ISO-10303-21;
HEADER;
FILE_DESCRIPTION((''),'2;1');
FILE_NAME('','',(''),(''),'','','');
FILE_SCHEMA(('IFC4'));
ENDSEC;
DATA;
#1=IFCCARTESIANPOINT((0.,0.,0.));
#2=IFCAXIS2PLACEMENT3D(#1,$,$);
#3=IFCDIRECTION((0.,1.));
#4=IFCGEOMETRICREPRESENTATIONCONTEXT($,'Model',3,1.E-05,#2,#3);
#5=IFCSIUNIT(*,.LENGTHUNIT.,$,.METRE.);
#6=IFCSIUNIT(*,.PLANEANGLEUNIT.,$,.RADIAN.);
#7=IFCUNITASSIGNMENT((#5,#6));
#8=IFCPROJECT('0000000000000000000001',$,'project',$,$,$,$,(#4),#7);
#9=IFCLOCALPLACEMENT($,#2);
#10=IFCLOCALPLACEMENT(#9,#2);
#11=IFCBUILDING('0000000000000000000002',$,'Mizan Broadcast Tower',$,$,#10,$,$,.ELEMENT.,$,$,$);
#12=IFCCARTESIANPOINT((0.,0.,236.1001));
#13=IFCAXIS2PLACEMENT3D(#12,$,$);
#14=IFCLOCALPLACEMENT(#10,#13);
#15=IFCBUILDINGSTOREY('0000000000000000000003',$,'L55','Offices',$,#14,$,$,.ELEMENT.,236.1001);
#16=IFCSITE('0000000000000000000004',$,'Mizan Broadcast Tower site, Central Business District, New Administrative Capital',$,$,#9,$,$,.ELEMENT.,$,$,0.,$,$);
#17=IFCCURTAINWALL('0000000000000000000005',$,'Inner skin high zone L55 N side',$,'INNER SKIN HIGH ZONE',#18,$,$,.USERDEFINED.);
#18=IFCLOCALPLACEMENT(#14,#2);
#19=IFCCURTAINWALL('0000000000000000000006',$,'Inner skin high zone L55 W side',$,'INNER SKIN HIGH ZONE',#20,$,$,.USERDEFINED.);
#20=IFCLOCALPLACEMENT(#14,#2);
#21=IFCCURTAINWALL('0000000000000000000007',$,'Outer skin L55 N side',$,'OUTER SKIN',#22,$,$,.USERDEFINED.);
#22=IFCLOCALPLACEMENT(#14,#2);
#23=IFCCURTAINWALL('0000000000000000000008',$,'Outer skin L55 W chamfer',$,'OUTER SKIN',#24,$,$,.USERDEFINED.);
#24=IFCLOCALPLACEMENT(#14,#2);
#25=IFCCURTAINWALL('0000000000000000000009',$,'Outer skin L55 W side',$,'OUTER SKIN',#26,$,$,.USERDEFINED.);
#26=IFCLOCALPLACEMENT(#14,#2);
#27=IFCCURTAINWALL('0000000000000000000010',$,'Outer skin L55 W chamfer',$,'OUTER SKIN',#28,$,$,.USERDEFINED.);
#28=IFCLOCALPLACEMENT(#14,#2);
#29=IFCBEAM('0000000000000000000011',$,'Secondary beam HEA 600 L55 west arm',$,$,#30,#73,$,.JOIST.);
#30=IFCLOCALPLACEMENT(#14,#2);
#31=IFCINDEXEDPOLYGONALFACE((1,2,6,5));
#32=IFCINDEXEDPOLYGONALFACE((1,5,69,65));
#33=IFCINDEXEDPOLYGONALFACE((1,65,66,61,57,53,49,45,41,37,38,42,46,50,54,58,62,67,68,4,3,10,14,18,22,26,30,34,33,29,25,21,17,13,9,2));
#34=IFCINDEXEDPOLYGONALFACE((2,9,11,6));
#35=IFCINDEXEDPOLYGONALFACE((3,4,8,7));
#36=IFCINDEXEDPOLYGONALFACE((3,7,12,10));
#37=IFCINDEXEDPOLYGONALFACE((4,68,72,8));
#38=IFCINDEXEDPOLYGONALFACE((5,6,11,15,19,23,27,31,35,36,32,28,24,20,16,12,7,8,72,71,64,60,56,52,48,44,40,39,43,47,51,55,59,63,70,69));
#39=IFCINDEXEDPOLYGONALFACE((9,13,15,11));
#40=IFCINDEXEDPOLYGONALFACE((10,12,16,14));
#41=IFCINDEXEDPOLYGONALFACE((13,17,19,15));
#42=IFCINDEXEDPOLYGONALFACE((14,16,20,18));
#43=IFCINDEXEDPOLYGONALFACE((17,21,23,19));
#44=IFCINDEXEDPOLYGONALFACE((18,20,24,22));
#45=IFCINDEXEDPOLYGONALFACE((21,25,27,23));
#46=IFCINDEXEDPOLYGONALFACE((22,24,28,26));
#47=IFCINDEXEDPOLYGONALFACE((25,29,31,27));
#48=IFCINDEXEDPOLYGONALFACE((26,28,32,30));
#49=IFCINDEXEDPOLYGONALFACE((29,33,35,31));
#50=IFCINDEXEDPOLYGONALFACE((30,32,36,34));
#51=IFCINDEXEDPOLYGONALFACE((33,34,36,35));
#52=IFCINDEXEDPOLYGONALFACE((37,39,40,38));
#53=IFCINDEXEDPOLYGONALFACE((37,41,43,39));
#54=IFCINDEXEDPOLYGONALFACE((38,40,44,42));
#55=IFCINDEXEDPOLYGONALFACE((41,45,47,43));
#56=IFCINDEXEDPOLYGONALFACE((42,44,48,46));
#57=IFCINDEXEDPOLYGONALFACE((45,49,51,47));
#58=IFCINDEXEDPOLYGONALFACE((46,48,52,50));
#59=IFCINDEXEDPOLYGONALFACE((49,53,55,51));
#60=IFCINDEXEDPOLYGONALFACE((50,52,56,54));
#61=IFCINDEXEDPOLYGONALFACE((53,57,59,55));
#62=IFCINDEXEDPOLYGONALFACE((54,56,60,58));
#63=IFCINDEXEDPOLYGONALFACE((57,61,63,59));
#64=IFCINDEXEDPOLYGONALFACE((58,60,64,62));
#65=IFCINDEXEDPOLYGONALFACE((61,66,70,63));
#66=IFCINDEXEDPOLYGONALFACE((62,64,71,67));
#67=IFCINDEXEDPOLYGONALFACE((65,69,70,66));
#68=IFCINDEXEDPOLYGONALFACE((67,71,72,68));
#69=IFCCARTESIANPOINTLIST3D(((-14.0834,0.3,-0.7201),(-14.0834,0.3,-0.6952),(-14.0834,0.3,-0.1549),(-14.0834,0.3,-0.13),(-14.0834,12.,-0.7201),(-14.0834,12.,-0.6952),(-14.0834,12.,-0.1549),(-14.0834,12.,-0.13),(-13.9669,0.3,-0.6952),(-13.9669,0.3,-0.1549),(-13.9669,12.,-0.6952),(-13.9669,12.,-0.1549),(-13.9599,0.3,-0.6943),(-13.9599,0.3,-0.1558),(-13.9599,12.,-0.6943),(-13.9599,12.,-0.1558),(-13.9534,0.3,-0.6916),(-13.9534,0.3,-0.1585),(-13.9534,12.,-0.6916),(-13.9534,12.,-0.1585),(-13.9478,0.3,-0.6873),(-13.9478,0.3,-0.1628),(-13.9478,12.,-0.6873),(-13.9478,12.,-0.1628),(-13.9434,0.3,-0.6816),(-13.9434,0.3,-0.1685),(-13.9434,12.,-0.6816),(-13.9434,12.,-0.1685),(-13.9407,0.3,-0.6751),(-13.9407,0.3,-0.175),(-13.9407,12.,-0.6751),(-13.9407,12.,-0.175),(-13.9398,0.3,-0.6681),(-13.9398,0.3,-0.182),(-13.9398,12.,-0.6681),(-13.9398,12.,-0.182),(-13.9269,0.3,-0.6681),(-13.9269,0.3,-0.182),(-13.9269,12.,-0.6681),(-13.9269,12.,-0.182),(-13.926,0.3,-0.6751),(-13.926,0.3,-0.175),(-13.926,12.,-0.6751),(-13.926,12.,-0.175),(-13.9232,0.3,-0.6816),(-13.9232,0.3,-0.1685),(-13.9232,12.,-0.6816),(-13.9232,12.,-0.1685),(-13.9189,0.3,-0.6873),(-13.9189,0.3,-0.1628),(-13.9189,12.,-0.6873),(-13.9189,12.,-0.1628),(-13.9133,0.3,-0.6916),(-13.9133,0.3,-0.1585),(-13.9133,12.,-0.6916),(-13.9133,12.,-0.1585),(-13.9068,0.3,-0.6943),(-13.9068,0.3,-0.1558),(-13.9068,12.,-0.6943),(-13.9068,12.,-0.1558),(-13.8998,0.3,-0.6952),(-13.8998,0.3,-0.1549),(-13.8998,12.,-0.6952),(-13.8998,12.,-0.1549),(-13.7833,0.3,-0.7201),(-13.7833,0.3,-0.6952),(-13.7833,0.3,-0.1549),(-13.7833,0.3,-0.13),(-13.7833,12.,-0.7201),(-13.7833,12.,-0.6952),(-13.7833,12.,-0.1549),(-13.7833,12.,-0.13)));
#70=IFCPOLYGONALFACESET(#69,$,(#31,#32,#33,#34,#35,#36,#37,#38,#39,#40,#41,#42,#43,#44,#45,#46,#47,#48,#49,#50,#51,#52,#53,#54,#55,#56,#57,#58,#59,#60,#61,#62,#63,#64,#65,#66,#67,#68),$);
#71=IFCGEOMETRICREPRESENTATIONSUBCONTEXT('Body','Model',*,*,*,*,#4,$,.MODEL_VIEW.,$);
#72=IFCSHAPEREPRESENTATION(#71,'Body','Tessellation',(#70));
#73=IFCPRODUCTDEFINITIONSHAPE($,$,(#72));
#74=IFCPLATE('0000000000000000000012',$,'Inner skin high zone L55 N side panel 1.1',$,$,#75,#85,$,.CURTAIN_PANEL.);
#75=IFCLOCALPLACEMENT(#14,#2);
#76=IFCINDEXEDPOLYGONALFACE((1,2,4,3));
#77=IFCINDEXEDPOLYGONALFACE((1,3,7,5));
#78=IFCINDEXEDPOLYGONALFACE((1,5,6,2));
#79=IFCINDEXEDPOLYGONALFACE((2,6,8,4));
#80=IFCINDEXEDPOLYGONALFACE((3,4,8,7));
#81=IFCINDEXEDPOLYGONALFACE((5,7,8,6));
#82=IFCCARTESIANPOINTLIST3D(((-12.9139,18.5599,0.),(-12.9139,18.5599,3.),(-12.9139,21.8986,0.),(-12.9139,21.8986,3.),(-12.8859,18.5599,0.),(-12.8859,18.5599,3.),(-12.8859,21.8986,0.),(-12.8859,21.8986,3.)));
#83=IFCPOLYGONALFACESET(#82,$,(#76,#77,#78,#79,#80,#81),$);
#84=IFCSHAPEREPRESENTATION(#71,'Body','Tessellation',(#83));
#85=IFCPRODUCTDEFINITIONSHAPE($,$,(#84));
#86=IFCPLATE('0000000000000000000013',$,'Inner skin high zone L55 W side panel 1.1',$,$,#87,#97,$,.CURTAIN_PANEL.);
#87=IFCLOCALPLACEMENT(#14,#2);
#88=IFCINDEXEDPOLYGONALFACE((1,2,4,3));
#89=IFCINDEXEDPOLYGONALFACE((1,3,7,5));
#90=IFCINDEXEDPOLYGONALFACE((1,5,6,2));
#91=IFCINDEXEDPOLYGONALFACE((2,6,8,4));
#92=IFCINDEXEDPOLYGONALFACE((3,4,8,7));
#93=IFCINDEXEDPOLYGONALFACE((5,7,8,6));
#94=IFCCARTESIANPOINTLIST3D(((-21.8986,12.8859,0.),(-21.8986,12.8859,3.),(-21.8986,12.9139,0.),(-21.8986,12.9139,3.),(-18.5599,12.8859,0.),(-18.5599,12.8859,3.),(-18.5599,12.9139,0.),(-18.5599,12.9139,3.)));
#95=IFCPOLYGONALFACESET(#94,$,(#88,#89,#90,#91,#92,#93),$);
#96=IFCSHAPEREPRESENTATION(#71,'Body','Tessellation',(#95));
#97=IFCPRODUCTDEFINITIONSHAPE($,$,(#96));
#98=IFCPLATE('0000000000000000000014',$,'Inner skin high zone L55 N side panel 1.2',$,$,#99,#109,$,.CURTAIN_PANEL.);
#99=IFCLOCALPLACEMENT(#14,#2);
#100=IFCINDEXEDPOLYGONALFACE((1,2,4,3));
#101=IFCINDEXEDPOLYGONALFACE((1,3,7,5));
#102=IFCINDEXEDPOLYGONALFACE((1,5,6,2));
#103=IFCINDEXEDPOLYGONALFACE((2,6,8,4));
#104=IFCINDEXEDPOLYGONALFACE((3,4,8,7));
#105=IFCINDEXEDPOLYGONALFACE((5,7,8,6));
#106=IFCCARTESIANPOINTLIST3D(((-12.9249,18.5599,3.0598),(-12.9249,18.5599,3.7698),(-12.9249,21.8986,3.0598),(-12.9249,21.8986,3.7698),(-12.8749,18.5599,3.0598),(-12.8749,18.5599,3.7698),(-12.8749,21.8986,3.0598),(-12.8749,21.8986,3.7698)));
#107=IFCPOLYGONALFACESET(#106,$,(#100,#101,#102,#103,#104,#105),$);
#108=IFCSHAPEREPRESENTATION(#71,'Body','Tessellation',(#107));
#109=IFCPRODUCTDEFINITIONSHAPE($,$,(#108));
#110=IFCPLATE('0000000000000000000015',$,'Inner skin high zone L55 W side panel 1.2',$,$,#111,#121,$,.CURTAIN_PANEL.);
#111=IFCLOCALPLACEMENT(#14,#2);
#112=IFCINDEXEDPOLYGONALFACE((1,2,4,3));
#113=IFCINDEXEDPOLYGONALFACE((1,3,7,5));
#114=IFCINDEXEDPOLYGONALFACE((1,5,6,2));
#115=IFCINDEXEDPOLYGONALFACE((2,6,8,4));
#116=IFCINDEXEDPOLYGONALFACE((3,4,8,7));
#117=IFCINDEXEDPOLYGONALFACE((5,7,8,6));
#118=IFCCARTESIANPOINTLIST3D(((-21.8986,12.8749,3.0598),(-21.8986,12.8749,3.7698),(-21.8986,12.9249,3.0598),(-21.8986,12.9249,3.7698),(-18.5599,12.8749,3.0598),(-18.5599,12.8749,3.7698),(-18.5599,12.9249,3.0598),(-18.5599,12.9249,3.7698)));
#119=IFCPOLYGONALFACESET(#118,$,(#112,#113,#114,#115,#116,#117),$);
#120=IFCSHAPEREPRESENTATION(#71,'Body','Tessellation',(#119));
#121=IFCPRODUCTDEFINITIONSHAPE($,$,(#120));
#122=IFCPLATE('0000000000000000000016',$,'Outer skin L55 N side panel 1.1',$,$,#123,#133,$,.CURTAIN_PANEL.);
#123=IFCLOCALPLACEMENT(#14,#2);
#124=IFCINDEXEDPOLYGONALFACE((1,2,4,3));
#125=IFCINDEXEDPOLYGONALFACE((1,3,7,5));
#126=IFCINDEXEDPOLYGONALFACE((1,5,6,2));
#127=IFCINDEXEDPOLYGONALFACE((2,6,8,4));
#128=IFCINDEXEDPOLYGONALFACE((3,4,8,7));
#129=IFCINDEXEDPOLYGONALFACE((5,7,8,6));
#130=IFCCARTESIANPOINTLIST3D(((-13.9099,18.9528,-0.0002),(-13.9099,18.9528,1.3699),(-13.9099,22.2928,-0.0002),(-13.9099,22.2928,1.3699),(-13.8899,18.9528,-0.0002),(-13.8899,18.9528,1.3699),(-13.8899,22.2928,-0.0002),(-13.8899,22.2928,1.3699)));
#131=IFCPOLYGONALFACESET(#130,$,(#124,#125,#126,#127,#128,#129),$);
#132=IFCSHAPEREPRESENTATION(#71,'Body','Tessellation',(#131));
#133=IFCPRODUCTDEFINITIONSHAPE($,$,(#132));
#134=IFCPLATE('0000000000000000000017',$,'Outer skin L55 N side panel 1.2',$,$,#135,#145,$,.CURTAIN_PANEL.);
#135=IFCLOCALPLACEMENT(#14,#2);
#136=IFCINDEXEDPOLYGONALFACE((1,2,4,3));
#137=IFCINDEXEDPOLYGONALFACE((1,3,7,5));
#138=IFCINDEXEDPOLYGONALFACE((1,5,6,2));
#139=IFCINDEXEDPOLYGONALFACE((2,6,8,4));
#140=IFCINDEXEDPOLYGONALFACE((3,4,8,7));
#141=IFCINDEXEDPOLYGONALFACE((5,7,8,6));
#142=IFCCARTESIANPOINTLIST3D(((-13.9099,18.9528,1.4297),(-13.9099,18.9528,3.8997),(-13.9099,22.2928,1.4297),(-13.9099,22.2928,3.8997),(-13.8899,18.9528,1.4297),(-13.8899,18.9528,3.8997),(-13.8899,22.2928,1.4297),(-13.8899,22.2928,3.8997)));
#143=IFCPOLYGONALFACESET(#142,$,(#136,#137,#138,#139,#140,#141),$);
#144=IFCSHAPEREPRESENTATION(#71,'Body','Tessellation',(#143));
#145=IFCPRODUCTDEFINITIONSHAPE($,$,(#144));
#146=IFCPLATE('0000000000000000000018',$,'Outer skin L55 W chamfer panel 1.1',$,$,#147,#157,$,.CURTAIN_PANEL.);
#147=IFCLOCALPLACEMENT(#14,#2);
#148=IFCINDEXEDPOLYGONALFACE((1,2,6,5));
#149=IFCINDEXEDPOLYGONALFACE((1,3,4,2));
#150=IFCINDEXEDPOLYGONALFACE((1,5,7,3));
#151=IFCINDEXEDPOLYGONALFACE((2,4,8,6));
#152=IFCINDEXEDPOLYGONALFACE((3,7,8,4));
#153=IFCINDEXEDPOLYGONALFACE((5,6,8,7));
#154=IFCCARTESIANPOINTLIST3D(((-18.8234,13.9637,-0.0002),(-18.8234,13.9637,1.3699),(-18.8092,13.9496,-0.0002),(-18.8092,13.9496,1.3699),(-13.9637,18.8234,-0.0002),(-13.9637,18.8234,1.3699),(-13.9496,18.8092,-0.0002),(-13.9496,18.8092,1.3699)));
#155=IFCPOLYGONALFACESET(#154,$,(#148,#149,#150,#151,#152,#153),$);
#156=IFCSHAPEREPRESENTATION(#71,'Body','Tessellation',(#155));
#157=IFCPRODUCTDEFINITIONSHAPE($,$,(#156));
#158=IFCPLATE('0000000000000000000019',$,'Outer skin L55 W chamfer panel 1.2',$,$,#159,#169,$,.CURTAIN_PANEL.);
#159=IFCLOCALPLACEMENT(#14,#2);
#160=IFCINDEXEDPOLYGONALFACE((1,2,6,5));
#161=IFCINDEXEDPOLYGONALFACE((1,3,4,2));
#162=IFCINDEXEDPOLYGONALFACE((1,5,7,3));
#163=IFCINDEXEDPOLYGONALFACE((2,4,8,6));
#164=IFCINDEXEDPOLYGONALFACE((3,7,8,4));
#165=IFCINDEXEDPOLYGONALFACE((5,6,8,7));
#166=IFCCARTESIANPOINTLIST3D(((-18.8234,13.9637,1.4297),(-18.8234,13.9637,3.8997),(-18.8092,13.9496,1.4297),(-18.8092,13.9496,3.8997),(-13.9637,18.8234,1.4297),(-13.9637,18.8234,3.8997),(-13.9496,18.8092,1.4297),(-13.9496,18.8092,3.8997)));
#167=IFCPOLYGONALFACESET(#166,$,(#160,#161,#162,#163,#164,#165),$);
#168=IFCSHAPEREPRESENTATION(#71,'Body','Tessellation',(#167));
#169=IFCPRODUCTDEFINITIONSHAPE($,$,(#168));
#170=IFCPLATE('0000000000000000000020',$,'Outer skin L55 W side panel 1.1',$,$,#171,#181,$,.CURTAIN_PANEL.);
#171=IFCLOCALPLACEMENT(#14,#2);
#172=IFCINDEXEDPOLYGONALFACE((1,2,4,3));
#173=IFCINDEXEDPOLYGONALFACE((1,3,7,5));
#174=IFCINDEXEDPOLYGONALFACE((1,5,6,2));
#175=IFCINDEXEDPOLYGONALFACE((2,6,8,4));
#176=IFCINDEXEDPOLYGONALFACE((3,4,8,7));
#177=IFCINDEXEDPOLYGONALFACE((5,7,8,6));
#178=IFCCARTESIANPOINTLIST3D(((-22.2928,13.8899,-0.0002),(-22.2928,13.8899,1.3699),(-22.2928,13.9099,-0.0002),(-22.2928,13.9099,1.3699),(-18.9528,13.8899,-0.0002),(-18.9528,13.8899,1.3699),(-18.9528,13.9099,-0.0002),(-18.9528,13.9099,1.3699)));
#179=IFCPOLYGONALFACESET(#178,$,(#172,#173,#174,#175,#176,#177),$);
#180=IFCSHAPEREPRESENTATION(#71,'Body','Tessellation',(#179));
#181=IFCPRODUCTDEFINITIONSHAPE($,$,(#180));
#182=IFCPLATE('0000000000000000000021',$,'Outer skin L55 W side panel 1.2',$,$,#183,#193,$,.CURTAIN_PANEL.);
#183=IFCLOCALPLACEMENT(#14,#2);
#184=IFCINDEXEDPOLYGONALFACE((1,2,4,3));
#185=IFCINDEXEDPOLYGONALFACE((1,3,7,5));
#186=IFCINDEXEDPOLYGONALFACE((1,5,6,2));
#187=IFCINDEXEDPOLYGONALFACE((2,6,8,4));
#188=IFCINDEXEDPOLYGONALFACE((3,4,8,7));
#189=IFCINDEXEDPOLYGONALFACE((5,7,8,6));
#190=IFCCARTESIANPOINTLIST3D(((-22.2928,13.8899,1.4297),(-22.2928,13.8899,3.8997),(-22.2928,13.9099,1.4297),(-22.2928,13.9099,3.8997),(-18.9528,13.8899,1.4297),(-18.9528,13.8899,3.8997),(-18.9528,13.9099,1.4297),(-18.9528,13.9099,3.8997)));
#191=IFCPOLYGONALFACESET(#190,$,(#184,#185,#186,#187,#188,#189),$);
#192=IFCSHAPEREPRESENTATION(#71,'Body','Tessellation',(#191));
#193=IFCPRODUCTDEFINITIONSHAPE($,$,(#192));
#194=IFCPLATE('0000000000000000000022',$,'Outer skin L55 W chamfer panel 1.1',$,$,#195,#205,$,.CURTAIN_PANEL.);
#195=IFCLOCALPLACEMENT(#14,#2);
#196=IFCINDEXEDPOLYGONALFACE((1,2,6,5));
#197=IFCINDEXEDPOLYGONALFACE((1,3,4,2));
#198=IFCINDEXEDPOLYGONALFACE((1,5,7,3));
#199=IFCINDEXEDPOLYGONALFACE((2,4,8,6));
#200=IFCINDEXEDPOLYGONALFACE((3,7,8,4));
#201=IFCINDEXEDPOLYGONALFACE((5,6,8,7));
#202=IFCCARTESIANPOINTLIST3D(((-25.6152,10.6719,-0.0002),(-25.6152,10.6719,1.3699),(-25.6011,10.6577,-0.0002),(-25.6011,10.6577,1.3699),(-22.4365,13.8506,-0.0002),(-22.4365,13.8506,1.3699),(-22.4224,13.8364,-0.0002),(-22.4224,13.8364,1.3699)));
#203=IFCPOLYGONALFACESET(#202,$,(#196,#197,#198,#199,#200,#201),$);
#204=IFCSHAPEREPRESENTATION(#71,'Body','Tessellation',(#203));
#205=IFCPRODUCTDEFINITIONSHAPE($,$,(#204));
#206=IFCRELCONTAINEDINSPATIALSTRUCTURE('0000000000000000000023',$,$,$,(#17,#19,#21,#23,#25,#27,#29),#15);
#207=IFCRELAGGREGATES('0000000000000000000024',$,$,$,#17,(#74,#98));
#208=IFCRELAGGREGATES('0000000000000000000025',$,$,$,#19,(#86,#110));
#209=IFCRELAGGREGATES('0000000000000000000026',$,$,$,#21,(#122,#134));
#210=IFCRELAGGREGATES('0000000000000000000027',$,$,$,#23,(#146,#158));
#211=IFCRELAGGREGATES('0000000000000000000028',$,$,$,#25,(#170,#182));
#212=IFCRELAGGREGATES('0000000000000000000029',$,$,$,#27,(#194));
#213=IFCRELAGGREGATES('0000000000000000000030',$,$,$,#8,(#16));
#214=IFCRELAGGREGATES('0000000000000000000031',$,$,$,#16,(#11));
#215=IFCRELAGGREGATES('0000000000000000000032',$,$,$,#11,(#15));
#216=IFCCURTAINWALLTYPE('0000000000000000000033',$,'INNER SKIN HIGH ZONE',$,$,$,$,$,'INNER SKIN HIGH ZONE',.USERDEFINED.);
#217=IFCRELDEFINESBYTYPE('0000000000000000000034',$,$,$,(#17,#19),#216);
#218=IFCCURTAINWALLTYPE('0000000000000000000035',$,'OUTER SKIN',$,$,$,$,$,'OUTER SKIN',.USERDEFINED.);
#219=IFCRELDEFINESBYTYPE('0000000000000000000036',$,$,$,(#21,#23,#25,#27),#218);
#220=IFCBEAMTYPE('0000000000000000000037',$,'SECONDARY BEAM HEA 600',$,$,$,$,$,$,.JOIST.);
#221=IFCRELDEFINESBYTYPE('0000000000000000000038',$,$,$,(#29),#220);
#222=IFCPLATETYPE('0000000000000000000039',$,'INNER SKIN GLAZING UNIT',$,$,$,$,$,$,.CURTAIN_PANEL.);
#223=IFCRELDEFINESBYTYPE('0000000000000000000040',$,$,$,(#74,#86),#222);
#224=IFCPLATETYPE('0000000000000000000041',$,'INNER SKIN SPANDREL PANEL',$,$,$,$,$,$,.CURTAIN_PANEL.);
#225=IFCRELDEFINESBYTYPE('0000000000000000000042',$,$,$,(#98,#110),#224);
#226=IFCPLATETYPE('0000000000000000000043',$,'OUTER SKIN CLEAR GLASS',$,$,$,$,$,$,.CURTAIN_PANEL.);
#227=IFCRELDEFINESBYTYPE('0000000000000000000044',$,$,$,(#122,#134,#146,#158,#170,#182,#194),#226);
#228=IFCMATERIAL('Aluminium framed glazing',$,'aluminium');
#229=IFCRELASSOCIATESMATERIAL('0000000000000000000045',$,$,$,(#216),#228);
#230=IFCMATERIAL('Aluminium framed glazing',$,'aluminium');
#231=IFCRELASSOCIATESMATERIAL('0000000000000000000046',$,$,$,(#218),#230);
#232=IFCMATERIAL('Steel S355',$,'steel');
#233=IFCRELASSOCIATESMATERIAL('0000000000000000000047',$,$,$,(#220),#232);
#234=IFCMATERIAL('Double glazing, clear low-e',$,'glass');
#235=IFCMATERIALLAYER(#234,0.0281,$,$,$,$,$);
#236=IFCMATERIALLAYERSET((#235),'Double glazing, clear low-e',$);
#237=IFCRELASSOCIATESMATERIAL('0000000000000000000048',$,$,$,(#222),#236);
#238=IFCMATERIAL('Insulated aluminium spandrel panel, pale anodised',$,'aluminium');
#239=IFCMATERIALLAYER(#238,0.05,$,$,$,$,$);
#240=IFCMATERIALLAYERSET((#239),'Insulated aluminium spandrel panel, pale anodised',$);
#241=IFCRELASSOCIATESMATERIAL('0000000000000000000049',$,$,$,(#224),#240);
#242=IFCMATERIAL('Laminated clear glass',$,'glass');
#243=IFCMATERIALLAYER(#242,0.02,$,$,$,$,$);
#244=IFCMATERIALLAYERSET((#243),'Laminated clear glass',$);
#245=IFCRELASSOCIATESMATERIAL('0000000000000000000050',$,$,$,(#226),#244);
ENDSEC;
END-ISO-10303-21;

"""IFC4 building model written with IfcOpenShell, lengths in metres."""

from ifc_helpers import new_model, si_unit, direction, frame, origin, origin_2d, place, context, subcontext, project, spatial, rectangle, i_section, extrude, material, layer, layer_set, material_profile, profile_set, type_object, element, aggregate, save


model = new_model("IFC4")

# Units and contexts
model_context = context("Model", 3, precision=1e-05, world=origin(), true_north=direction((0.0, 1.0)))
body_context = subcontext(model_context, "Body", "Model", "MODEL_VIEW")
ifc_project = project(units=[si_unit("LENGTHUNIT", "METRE"), si_unit("PLANEANGLEUNIT", "RADIAN")], contexts=[model_context])

# Site, building, storey
site_placement = place(None, origin())
site = spatial("IfcSite", under=ifc_project, at=site_placement, Name="Mizan Broadcast Tower site, Central Business District, New Administrative Capital", CompositionType="ELEMENT", RefElevation=0.0)
building_placement = place(site_placement, origin())
building = spatial("IfcBuilding", under=site, at=building_placement, Name="Mizan Broadcast Tower", CompositionType="ELEMENT")
storey_placement = place(building_placement, frame((0.0, 0.0, 236.1001)))
storey = spatial("IfcBuildingStorey", under=building, at=storey_placement, Name="L55", Description="Offices", CompositionType="ELEMENT", Elevation=236.1001)

# Curtain wall
ifc_material_1 = material(Name="Aluminium framed glazing", Category="aluminium")
curtain_wall_type_1 = type_object("IfcCurtainWallType", Name="INNER SKIN HIGH ZONE", ElementType="INNER SKIN HIGH ZONE", PredefinedType="USERDEFINED", material=ifc_material_1)
curtain_wall_1_placement = place(storey_placement, origin())
curtain_wall_1 = element("IfcCurtainWall", 1, at=curtain_wall_1_placement, inside=storey, type_object=curtain_wall_type_1, Name="Inner skin high zone L55 N side", ObjectType="INNER SKIN HIGH ZONE", PredefinedType="USERDEFINED")

# Curtain wall
curtain_wall_2_placement = place(storey_placement, origin())
curtain_wall_2 = element("IfcCurtainWall", 2, at=curtain_wall_2_placement, inside=storey, type_object=curtain_wall_type_1, Name="Inner skin high zone L55 W side", ObjectType="INNER SKIN HIGH ZONE", PredefinedType="USERDEFINED")

# Curtain walls
ifc_material_2 = material(Name="Aluminium framed glazing", Category="aluminium")
curtain_wall_type_2 = type_object("IfcCurtainWallType", Name="OUTER SKIN", ElementType="OUTER SKIN", PredefinedType="USERDEFINED", material=ifc_material_2)
curtain_wall_3_placement = place(storey_placement, origin())
curtain_wall_3 = element("IfcCurtainWall", 3, at=curtain_wall_3_placement, inside=storey, type_object=curtain_wall_type_2, Name="Outer skin L55 N side", ObjectType="OUTER SKIN", PredefinedType="USERDEFINED")
curtain_wall_4_placement = place(storey_placement, origin())
curtain_wall_4 = element("IfcCurtainWall", 4, at=curtain_wall_4_placement, inside=storey, type_object=curtain_wall_type_2, Name="Outer skin L55 W chamfer", ObjectType="OUTER SKIN", PredefinedType="USERDEFINED")
curtain_wall_5_placement = place(storey_placement, origin())
curtain_wall_5 = element("IfcCurtainWall", 5, at=curtain_wall_5_placement, inside=storey, type_object=curtain_wall_type_2, Name="Outer skin L55 W side", ObjectType="OUTER SKIN", PredefinedType="USERDEFINED")

# Curtain wall
curtain_wall_6_placement = place(storey_placement, origin())
curtain_wall_6 = element("IfcCurtainWall", 6, at=curtain_wall_6_placement, inside=storey, type_object=curtain_wall_type_2, Name="Outer skin L55 W chamfer", ObjectType="OUTER SKIN", PredefinedType="USERDEFINED")

# Beam
ifc_material_3 = material(Name="Steel S355", Category="steel")
ifc_material_profile_1 = material_profile(ifc_material_3, i_section(OverallWidth=0.3, OverallDepth=0.5901, WebThickness=0.0129, FlangeThickness=0.0249, FilletRadius=0.0271, at=origin_2d()), Name="HEA 600")
ifc_profile_set_1 = profile_set([ifc_material_profile_1], Name="Steel S355")
beam_type = type_object("IfcBeamType", Name="SECONDARY BEAM HEA 600", PredefinedType="JOIST", material=ifc_profile_set_1)
beam_placement = place(storey_placement, frame((-13.9333, 12.0, -0.425), z_axis=(0.0, -1.0, 0.0), x_axis=(1.0, 0.0, 0.0)))
element("IfcBeam", 7, at=beam_placement, inside=storey, type_object=beam_type, Name="Secondary beam HEA 600 L55 west arm", PredefinedType="JOIST", context=body_context, shape_type="SweptSolid", body=[
    extrude(i_section(OverallWidth=0.3, OverallDepth=0.5901, WebThickness=0.0129, FlangeThickness=0.0249, FilletRadius=0.0271, at=origin_2d()), origin(), (0.0, 0.0, 1.0), 11.7),
])

# Plates
ifc_material_4 = material(Name="Double glazing, clear low-e", Category="glass")
ifc_layer_1 = layer(ifc_material_4, 0.0281)
ifc_layer_set_1 = layer_set([ifc_layer_1], Name="Double glazing, clear low-e")
plate_type_1 = type_object("IfcPlateType", Name="INNER SKIN GLAZING UNIT", PredefinedType="CURTAIN_PANEL", material=ifc_layer_set_1)
plate_1_placement = place(storey_placement, frame((-12.8999, 20.2292, 0.0), z_axis=(0.0, 0.0, 1.0), x_axis=(0.0, -1.0, 0.0)))
plate_1 = element("IfcPlate", 8, at=plate_1_placement, type_object=plate_type_1, Name="Inner skin high zone L55 N side panel 1.1", PredefinedType="CURTAIN_PANEL", context=body_context, shape_type="SweptSolid", body=[
    extrude(rectangle(XDim=3.3386, YDim=0.0281, at=origin_2d()), origin(), (0.0, 0.0, 1.0), 3.0),
])
plate_2_placement = place(storey_placement, frame((-20.2292, 12.8999, 0.0), z_axis=(0.0, 0.0, 1.0), x_axis=(-1.0, 0.0, 0.0)))
plate_2 = element("IfcPlate", 9, at=plate_2_placement, type_object=plate_type_1, Name="Inner skin high zone L55 W side panel 1.1", PredefinedType="CURTAIN_PANEL", context=body_context, shape_type="SweptSolid", body=[
    extrude(rectangle(XDim=3.3386, YDim=0.0281, at=origin_2d()), origin(), (0.0, 0.0, 1.0), 3.0),
])
ifc_material_5 = material(Name="Insulated aluminium spandrel panel, pale anodised", Category="aluminium")
ifc_layer_2 = layer(ifc_material_5, 0.05)
ifc_layer_set_2 = layer_set([ifc_layer_2], Name="Insulated aluminium spandrel panel, pale anodised")
plate_type_2 = type_object("IfcPlateType", Name="INNER SKIN SPANDREL PANEL", PredefinedType="CURTAIN_PANEL", material=ifc_layer_set_2)
plate_3_placement = place(storey_placement, frame((-12.8999, 20.2292, 3.0598), z_axis=(0.0, 0.0, 1.0), x_axis=(0.0, -1.0, 0.0)))
plate_3 = element("IfcPlate", 10, at=plate_3_placement, type_object=plate_type_2, Name="Inner skin high zone L55 N side panel 1.2", PredefinedType="CURTAIN_PANEL", context=body_context, shape_type="SweptSolid", body=[
    extrude(rectangle(XDim=3.3386, YDim=0.05, at=origin_2d()), origin(), (0.0, 0.0, 1.0), 0.71),
])
aggregate(curtain_wall_1, [plate_1, plate_3])
plate_4_placement = place(storey_placement, frame((-20.2292, 12.8999, 3.0598), z_axis=(0.0, 0.0, 1.0), x_axis=(-1.0, 0.0, 0.0)))
plate_4 = element("IfcPlate", 11, at=plate_4_placement, type_object=plate_type_2, Name="Inner skin high zone L55 W side panel 1.2", PredefinedType="CURTAIN_PANEL", context=body_context, shape_type="SweptSolid", body=[
    extrude(rectangle(XDim=3.3386, YDim=0.05, at=origin_2d()), origin(), (0.0, 0.0, 1.0), 0.71),
])
aggregate(curtain_wall_2, [plate_2, plate_4])
ifc_material_6 = material(Name="Laminated clear glass", Category="glass")
ifc_layer_3 = layer(ifc_material_6, 0.02)
ifc_layer_set_3 = layer_set([ifc_layer_3], Name="Laminated clear glass")
plate_type_3 = type_object("IfcPlateType", Name="OUTER SKIN CLEAR GLASS", PredefinedType="CURTAIN_PANEL", material=ifc_layer_set_3)
plate_5_placement = place(storey_placement, frame((-13.8999, 20.6228, -0.0002), z_axis=(0.0, 0.0, 1.0), x_axis=(0.0, -1.0, 0.0)))
plate_5 = element("IfcPlate", 12, at=plate_5_placement, type_object=plate_type_3, Name="Outer skin L55 N side panel 1.1", PredefinedType="CURTAIN_PANEL", context=body_context, shape_type="SweptSolid", body=[
    extrude(rectangle(XDim=3.3401, YDim=0.02, at=origin_2d()), origin(), (0.0, 0.0, 1.0), 1.3701),
])
plate_6_placement = place(storey_placement, frame((-13.8999, 20.6228, 1.4297), z_axis=(0.0, 0.0, 1.0), x_axis=(0.0, -1.0, 0.0)))
plate_6 = element("IfcPlate", 13, at=plate_6_placement, type_object=plate_type_3, Name="Outer skin L55 N side panel 1.2", PredefinedType="CURTAIN_PANEL", context=body_context, shape_type="SweptSolid", body=[
    extrude(rectangle(XDim=3.3401, YDim=0.02, at=origin_2d()), origin(), (0.0, 0.0, 1.0), 2.47),
])
aggregate(curtain_wall_3, [plate_5, plate_6])
plate_7_placement = place(storey_placement, frame((-16.3865, 16.3865, -0.0002), z_axis=(0.0, 0.0, 1.0), x_axis=(-0.707107, -0.707107, 0.0)))
plate_7 = element("IfcPlate", 14, at=plate_7_placement, type_object=plate_type_3, Name="Outer skin L55 W chamfer panel 1.1", PredefinedType="CURTAIN_PANEL", context=body_context, shape_type="SweptSolid", body=[
    extrude(rectangle(XDim=6.8726, YDim=0.02, at=origin_2d()), origin(), (0.0, 0.0, 1.0), 1.3701),
])
plate_8_placement = place(storey_placement, frame((-16.3865, 16.3865, 1.4297), z_axis=(0.0, 0.0, 1.0), x_axis=(-0.707107, -0.707107, 0.0)))
plate_8 = element("IfcPlate", 15, at=plate_8_placement, type_object=plate_type_3, Name="Outer skin L55 W chamfer panel 1.2", PredefinedType="CURTAIN_PANEL", context=body_context, shape_type="SweptSolid", body=[
    extrude(rectangle(XDim=6.8726, YDim=0.02, at=origin_2d()), origin(), (0.0, 0.0, 1.0), 2.47),
])
aggregate(curtain_wall_4, [plate_7, plate_8])
plate_9_placement = place(storey_placement, frame((-20.6228, 13.8999, -0.0002), z_axis=(0.0, 0.0, 1.0), x_axis=(-1.0, 0.0, 0.0)))
plate_9 = element("IfcPlate", 16, at=plate_9_placement, type_object=plate_type_3, Name="Outer skin L55 W side panel 1.1", PredefinedType="CURTAIN_PANEL", context=body_context, shape_type="SweptSolid", body=[
    extrude(rectangle(XDim=3.3401, YDim=0.02, at=origin_2d()), origin(), (0.0, 0.0, 1.0), 1.3701),
])
plate_10_placement = place(storey_placement, frame((-20.6228, 13.8999, 1.4297), z_axis=(0.0, 0.0, 1.0), x_axis=(-1.0, 0.0, 0.0)))
plate_10 = element("IfcPlate", 17, at=plate_10_placement, type_object=plate_type_3, Name="Outer skin L55 W side panel 1.2", PredefinedType="CURTAIN_PANEL", context=body_context, shape_type="SweptSolid", body=[
    extrude(rectangle(XDim=3.3401, YDim=0.02, at=origin_2d()), origin(), (0.0, 0.0, 1.0), 2.47),
])
aggregate(curtain_wall_5, [plate_9, plate_10])
plate_11_placement = place(storey_placement, frame((-24.0188, 12.2542, -0.0002), z_axis=(0.0, 0.0, 1.0), x_axis=(-0.707107, -0.707107, 0.0)))
plate_11 = element("IfcPlate", 18, at=plate_11_placement, type_object=plate_type_3, Name="Outer skin L55 W chamfer panel 1.1", PredefinedType="CURTAIN_PANEL", context=body_context, shape_type="SweptSolid", body=[
    extrude(rectangle(XDim=4.4954, YDim=0.02, at=origin_2d()), origin(), (0.0, 0.0, 1.0), 1.3701),
])
aggregate(curtain_wall_6, [plate_11])

save(model, "model.ifc")
